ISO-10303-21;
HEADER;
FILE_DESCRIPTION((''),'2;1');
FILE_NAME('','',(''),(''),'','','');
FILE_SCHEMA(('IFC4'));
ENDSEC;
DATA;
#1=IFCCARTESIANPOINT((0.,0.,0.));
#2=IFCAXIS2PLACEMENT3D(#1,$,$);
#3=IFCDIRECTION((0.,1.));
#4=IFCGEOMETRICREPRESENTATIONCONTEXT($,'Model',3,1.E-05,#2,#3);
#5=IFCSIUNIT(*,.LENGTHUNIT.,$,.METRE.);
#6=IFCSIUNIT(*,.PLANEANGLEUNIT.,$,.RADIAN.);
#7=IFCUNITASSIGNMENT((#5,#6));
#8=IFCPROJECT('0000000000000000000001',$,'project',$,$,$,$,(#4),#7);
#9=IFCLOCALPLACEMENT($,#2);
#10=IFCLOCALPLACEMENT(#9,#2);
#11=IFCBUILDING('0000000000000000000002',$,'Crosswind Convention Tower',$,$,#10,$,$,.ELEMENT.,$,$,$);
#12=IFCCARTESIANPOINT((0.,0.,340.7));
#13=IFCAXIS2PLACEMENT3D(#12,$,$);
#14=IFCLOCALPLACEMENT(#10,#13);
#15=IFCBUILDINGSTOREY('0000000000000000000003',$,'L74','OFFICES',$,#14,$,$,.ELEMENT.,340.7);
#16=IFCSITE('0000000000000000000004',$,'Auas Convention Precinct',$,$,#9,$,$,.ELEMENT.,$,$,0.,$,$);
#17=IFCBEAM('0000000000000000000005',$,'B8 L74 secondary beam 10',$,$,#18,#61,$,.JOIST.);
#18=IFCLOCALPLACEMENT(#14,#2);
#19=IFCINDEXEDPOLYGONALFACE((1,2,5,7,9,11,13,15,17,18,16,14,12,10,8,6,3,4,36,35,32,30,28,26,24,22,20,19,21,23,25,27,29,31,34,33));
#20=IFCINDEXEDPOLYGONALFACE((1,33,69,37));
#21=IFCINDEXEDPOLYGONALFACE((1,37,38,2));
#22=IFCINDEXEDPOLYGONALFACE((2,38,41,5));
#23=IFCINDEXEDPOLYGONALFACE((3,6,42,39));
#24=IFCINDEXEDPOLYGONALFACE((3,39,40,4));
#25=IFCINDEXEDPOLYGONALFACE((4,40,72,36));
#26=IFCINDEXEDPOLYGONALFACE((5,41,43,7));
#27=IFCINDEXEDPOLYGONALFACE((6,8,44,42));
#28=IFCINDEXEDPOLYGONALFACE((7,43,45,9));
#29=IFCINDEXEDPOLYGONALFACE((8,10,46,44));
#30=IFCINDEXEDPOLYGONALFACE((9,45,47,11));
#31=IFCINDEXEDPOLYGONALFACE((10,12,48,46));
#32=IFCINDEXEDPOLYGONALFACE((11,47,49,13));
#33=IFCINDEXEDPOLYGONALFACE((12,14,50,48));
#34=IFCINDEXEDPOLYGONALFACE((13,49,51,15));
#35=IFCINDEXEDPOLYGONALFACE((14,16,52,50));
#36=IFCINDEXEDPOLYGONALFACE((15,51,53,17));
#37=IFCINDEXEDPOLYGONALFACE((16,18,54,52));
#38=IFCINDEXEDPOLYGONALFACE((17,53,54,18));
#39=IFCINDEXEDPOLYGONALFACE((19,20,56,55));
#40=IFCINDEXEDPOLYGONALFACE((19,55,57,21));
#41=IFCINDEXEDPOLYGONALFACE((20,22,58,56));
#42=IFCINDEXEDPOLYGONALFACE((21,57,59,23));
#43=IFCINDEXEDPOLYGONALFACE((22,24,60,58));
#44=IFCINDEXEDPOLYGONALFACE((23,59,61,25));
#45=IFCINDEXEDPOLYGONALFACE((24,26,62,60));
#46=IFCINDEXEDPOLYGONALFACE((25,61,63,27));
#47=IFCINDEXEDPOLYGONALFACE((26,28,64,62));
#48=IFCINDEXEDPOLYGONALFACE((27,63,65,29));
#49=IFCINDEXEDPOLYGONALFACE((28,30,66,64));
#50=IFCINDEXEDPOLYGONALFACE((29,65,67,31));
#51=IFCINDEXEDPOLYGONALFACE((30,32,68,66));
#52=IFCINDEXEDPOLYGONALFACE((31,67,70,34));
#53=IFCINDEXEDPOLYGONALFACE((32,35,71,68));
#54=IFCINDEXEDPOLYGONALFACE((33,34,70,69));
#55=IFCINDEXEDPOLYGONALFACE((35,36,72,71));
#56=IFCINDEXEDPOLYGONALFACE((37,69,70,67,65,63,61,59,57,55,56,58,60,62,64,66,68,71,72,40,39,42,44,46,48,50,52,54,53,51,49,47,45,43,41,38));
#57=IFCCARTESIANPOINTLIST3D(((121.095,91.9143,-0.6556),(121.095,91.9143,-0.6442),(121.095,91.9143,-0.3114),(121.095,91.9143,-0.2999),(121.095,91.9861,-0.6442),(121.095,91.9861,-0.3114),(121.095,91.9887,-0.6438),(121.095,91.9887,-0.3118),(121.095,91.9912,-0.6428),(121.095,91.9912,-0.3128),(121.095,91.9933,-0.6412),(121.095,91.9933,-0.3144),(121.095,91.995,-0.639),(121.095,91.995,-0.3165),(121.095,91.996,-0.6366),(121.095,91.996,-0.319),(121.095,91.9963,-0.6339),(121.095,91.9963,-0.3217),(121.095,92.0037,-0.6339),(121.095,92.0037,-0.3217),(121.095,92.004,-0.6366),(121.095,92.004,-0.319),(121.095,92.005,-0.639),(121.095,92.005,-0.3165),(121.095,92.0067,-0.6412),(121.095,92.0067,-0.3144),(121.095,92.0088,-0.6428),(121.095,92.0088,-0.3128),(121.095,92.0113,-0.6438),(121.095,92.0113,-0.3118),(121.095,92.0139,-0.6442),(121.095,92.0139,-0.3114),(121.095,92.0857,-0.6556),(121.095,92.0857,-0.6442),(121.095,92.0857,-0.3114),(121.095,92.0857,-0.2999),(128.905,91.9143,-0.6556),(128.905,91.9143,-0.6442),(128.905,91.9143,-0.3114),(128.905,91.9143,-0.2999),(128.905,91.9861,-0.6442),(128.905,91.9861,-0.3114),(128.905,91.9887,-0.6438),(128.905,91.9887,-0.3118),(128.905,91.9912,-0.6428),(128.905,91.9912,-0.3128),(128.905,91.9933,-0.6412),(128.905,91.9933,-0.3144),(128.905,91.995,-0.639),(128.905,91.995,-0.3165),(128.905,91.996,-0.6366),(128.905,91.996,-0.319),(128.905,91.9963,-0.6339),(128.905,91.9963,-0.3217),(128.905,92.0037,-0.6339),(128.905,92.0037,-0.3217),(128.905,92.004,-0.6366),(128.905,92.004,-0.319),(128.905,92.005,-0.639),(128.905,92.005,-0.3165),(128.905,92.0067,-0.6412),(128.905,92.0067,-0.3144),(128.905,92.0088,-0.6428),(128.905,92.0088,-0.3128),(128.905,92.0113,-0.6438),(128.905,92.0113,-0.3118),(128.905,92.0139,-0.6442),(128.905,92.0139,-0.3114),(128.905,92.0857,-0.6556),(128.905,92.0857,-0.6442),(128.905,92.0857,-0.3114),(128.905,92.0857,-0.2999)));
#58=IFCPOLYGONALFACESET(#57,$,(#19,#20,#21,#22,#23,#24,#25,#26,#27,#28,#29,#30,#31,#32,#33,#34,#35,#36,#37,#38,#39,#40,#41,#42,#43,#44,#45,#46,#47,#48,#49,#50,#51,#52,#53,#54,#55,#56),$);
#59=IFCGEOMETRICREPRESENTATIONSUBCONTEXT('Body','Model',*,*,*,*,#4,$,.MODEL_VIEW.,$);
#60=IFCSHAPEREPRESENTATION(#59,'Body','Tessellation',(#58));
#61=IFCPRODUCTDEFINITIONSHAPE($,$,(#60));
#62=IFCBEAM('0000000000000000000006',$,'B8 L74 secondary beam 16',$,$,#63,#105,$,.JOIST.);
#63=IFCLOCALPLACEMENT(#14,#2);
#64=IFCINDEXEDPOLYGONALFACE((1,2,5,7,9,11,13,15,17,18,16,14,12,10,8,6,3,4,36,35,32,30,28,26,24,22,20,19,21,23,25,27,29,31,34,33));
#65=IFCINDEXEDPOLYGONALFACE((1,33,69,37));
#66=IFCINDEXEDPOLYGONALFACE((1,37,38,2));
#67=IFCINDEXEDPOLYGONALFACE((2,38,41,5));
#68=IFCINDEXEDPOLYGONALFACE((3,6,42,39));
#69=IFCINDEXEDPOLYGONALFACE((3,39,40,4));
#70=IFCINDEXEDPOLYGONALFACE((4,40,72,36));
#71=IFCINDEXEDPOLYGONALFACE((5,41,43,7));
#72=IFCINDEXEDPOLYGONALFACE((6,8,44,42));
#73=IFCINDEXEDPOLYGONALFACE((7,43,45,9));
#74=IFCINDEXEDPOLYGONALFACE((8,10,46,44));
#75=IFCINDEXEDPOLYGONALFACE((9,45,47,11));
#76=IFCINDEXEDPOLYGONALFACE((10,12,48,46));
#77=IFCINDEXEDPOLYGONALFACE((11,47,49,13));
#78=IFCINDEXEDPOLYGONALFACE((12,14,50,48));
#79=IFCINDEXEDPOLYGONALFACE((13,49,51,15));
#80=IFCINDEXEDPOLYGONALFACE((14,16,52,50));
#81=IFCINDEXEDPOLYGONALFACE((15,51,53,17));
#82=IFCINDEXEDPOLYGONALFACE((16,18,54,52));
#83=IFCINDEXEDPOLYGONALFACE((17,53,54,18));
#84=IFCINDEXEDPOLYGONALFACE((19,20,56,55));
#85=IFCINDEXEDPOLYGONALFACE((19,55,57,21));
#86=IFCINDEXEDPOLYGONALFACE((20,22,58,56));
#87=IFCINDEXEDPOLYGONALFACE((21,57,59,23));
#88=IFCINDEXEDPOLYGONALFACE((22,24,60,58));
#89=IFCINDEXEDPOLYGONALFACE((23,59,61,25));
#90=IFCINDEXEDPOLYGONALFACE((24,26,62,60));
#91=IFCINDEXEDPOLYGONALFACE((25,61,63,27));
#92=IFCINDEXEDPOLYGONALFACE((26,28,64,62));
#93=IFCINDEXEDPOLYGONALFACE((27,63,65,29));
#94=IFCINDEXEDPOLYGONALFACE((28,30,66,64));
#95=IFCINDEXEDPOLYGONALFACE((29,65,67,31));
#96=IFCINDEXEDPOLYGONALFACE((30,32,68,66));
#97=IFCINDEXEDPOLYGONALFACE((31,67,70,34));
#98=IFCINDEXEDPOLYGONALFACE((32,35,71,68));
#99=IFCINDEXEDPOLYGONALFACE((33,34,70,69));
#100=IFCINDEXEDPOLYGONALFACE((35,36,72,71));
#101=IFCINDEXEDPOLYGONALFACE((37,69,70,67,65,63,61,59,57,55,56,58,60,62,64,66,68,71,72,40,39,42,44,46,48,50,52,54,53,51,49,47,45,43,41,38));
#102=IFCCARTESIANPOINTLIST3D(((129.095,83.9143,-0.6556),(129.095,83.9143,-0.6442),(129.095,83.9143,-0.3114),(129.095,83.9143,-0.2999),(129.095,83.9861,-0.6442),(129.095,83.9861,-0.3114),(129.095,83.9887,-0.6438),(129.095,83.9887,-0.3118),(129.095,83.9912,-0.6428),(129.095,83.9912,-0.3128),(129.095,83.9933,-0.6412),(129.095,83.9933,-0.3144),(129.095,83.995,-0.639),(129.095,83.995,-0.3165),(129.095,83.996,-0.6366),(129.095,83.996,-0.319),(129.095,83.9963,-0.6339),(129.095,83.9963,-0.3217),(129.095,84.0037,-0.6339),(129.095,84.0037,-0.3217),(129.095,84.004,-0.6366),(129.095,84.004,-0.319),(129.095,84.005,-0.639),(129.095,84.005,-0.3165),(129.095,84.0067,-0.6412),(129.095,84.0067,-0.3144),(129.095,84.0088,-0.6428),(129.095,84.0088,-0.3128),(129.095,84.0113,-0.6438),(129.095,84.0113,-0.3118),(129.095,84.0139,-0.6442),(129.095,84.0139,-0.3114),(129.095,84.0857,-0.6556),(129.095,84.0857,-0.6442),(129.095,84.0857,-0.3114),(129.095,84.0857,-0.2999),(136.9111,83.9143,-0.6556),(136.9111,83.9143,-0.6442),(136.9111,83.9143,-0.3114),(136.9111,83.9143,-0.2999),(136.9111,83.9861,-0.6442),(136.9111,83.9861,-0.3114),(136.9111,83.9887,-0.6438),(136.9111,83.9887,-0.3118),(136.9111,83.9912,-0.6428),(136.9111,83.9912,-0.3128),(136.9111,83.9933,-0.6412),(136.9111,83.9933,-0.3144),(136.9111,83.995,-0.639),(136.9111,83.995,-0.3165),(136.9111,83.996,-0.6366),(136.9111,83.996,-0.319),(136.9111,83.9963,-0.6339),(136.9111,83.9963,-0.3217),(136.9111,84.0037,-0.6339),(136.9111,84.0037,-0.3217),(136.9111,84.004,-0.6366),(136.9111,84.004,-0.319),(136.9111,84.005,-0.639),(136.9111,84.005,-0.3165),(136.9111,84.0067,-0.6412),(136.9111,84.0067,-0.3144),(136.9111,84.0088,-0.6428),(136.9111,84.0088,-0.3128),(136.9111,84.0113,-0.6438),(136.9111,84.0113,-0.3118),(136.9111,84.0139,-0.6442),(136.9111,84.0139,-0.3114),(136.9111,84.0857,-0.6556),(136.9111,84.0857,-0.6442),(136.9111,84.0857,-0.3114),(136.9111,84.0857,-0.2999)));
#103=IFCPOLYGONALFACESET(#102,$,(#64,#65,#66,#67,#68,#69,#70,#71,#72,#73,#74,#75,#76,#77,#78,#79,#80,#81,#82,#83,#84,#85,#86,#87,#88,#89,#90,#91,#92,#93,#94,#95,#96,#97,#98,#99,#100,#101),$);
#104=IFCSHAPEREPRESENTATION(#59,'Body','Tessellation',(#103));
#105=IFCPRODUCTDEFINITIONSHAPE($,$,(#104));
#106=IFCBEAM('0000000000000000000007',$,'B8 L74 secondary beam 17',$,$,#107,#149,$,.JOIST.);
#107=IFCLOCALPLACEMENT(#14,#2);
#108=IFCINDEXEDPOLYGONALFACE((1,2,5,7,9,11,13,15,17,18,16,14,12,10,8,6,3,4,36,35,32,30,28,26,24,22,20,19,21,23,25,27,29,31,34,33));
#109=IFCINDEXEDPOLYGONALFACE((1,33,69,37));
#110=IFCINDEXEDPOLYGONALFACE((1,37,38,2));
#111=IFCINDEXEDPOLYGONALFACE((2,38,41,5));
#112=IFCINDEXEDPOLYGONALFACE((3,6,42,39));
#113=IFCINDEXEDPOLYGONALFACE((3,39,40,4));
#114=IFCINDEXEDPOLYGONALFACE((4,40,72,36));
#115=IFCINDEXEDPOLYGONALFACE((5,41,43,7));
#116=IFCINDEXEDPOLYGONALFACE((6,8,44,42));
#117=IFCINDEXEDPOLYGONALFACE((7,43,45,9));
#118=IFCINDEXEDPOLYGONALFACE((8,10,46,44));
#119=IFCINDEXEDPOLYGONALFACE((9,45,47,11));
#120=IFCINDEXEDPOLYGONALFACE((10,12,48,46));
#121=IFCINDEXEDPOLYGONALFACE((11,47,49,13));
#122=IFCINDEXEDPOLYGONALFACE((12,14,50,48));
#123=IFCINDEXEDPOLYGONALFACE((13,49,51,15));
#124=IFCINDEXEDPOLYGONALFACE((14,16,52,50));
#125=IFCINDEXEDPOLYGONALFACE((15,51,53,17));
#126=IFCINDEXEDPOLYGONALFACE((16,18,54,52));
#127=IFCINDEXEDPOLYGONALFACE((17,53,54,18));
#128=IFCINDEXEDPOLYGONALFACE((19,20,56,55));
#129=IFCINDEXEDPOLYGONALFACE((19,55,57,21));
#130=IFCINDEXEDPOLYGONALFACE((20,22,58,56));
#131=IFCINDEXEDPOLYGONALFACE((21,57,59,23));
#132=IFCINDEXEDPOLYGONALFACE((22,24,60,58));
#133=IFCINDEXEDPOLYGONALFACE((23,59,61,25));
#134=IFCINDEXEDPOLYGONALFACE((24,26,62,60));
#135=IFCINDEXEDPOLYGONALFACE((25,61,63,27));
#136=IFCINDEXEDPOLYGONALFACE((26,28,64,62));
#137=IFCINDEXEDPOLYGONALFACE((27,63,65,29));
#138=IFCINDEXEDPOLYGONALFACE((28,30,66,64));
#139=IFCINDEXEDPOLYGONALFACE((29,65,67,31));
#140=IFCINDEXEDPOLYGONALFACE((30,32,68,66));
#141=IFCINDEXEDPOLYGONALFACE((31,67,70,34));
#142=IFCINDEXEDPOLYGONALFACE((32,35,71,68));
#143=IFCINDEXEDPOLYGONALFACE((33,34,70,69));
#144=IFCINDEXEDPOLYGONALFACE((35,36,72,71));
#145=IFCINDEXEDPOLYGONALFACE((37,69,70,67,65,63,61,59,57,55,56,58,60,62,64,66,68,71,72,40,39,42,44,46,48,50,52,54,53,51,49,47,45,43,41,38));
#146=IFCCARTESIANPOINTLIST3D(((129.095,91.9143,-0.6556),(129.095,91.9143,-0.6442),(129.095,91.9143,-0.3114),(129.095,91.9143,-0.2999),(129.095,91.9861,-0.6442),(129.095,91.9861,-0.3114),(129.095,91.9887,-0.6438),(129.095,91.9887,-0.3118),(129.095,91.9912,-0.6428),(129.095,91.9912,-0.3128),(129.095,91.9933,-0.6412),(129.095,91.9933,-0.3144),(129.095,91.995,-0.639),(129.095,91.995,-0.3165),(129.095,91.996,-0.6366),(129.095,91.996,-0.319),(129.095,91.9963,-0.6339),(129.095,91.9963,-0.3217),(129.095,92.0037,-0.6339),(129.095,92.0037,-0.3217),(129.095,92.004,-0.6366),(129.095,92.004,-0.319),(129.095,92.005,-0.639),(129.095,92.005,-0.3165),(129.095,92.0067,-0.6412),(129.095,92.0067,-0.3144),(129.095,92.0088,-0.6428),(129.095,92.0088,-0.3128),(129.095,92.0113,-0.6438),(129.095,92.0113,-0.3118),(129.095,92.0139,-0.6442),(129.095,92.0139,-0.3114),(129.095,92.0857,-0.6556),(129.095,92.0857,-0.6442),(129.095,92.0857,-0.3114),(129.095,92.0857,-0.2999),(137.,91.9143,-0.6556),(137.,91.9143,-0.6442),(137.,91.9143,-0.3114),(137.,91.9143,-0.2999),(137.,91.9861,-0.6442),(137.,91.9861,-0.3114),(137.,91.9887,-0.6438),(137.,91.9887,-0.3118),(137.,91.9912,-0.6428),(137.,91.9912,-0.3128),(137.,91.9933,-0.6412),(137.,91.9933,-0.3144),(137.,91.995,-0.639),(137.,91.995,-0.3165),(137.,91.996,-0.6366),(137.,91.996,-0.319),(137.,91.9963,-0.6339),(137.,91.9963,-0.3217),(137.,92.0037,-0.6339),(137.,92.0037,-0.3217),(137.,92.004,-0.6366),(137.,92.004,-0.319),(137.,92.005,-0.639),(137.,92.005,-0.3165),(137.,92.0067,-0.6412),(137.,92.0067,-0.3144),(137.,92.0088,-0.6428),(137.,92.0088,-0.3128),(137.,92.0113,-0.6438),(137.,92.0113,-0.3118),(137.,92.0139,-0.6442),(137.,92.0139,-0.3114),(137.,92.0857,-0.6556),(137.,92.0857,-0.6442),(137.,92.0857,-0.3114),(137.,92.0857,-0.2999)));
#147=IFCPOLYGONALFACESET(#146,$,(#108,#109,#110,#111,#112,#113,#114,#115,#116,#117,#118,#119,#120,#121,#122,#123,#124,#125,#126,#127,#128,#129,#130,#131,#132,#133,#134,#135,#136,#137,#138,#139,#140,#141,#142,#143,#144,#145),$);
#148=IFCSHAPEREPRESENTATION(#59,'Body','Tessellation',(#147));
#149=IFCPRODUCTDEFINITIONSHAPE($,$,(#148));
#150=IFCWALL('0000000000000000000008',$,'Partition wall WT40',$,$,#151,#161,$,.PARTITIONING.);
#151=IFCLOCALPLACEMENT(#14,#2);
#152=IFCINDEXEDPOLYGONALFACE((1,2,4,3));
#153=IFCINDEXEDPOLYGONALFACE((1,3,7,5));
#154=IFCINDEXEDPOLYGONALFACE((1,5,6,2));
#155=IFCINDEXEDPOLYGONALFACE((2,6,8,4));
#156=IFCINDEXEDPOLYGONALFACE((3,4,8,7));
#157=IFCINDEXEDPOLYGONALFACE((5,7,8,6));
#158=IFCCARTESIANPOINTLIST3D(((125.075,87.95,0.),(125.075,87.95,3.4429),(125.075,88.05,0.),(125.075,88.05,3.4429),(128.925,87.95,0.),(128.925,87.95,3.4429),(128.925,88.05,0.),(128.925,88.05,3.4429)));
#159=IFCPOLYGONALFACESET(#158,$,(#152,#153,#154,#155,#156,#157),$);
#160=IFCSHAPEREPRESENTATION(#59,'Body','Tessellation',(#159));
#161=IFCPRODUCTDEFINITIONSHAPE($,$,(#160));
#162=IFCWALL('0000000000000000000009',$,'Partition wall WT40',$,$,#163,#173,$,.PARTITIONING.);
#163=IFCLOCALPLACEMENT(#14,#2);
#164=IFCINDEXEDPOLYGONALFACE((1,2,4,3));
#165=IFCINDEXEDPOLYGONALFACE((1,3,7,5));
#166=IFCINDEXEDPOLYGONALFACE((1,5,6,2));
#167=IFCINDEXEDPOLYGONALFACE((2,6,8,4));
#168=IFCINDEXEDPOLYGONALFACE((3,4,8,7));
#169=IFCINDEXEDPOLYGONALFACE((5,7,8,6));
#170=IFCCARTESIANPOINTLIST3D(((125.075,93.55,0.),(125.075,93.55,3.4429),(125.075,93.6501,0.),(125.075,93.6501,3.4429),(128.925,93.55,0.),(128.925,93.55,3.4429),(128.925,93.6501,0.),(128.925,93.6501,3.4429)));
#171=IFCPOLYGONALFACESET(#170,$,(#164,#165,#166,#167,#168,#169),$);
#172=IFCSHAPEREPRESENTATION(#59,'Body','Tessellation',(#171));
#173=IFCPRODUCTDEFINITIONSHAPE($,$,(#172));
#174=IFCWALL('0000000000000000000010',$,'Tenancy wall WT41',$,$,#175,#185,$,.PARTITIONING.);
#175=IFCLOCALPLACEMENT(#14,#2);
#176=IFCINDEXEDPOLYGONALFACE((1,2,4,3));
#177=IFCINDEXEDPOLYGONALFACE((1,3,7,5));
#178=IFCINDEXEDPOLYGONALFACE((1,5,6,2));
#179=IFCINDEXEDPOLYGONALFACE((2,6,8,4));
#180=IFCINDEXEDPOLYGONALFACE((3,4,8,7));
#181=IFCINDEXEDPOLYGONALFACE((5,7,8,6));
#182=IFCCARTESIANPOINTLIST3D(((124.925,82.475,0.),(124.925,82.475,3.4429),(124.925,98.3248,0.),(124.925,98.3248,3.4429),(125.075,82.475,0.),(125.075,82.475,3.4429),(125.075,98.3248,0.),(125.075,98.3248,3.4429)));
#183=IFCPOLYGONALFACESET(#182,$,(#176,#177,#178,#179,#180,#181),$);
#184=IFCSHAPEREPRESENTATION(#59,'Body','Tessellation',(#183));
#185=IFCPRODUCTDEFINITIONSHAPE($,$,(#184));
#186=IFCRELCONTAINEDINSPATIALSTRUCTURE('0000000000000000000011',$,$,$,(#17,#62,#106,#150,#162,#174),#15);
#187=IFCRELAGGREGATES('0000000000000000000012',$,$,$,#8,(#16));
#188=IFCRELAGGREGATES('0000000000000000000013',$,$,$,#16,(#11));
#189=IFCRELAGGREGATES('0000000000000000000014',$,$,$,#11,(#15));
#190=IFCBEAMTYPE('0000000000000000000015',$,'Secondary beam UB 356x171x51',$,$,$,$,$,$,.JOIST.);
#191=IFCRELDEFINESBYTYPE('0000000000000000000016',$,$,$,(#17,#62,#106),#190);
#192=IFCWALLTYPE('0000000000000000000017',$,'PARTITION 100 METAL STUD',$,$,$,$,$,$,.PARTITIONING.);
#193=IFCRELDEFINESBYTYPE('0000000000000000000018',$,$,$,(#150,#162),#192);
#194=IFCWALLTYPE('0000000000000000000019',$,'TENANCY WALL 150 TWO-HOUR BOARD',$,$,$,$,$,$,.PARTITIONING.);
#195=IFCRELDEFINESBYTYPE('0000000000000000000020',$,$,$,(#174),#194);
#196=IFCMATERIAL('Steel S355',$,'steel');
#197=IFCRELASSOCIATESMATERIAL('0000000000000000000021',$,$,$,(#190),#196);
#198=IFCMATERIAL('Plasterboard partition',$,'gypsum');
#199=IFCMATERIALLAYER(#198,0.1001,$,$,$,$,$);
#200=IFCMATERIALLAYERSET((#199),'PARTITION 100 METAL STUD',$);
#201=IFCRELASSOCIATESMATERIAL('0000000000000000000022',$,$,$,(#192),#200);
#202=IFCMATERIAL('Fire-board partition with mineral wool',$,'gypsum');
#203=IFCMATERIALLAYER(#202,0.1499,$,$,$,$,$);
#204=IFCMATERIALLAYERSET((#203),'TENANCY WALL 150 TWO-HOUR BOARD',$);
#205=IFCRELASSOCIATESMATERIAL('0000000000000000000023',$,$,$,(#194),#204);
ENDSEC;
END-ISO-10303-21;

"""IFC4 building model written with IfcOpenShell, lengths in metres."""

from ifc_helpers import new_model, si_unit, direction, frame, frame_2d, origin, origin_2d, place, context, subcontext, project, spatial, rectangle, i_section, extrude, material, layer, layer_set, material_profile, profile_set, type_object, element, save


model = new_model("IFC4")

# Units and contexts
model_context = context("Model", 3, precision=1e-05, world=origin(), true_north=direction((0.0, 1.0)))
body_context = subcontext(model_context, "Body", "Model", "MODEL_VIEW")
ifc_project = project(units=[si_unit("LENGTHUNIT", "METRE"), si_unit("PLANEANGLEUNIT", "RADIAN")], contexts=[model_context])

# Site, building, storey
site_placement = place(None, origin())
site = spatial("IfcSite", under=ifc_project, at=site_placement, Name="Auas Convention Precinct", CompositionType="ELEMENT", RefElevation=0.0)
building_placement = place(site_placement, origin())
building = spatial("IfcBuilding", under=site, at=building_placement, Name="Crosswind Convention Tower", CompositionType="ELEMENT")
storey_placement = place(building_placement, frame((0.0, 0.0, 340.7)))
storey = spatial("IfcBuildingStorey", under=building, at=storey_placement, Name="L74", Description="OFFICES", CompositionType="ELEMENT", Elevation=340.7)

# Beams
ifc_material_1 = material(Name="Steel S355", Category="steel")
ifc_material_profile_1 = material_profile(ifc_material_1, i_section(OverallWidth=0.1714, OverallDepth=0.3557, WebThickness=0.0073, FlangeThickness=0.0115, FilletRadius=0.0103, at=origin_2d()), Name="UB 356x171x51")
ifc_profile_set_1 = profile_set([ifc_material_profile_1], Name="Steel S355")
beam_type_1 = type_object("IfcBeamType", Name="Secondary beam UB 356x171x51", PredefinedType="JOIST", material=ifc_profile_set_1)
for number, where, z_axis, x_axis, name in (
    (1, (121.095, 92.0, -0.4778), (1.0, 0.0, 0.0), (0.0, 1.0, 0.0), "B8 L74 secondary beam 10"),
):
    element("IfcBeam", number, at=place(storey_placement, frame(where, z_axis=z_axis, x_axis=x_axis)), inside=storey, type_object=beam_type_1, Name=name, PredefinedType="JOIST", context=body_context, shape_type="SweptSolid", body=[
        extrude(i_section(OverallWidth=0.1714, OverallDepth=0.3557, WebThickness=0.0073, FlangeThickness=0.0115, FilletRadius=0.0103, at=origin_2d()), origin(), (0.0, 0.0, 1.0), 7.8101),
    ])
beam_1_placement = place(storey_placement, frame((129.095, 84.0, -0.4778), z_axis=(1.0, 0.0, 0.0), x_axis=(0.0, 1.0, 0.0)))
element("IfcBeam", 2, at=beam_1_placement, inside=storey, type_object=beam_type_1, Name="B8 L74 secondary beam 16", PredefinedType="JOIST", context=body_context, shape_type="SweptSolid", body=[
    extrude(i_section(OverallWidth=0.1714, OverallDepth=0.3557, WebThickness=0.0073, FlangeThickness=0.0115, FilletRadius=0.0103, at=origin_2d()), origin(), (0.0, 0.0, 1.0), 7.8162),
])
beam_2_placement = place(storey_placement, frame((129.095, 92.0, -0.4778), z_axis=(1.0, 0.0, 0.0), x_axis=(0.0, 1.0, 0.0)))
element("IfcBeam", 3, at=beam_2_placement, inside=storey, type_object=beam_type_1, Name="B8 L74 secondary beam 17", PredefinedType="JOIST", context=body_context, shape_type="SweptSolid", body=[
    extrude(i_section(OverallWidth=0.1714, OverallDepth=0.3557, WebThickness=0.0073, FlangeThickness=0.0115, FilletRadius=0.0103, at=origin_2d()), origin(), (0.0, 0.0, 1.0), 7.905),
])

# Walls
ifc_material_2 = material(Name="Plasterboard partition", Category="gypsum")
ifc_layer_1 = layer(ifc_material_2, 0.1001)
ifc_layer_set_1 = layer_set([ifc_layer_1], Name="PARTITION 100 METAL STUD")
wall_type_1 = type_object("IfcWallType", Name="PARTITION 100 METAL STUD", PredefinedType="PARTITIONING", material=ifc_layer_set_1)
for number, where, z_axis, x_axis, name in (
    (4, (125.075, 88.0, 0.0), (0.0, 0.0, 1.0), (1.0, 0.0, 0.0), "Partition wall WT40"),
    (5, (125.075, 93.6001, 0.0), (0.0, 0.0, 1.0), (1.0, 0.0, 0.0), "Partition wall WT40"),
):
    element("IfcWall", number, at=place(storey_placement, frame(where, z_axis=z_axis, x_axis=x_axis)), inside=storey, type_object=wall_type_1, Name=name, PredefinedType="PARTITIONING", context=body_context, shape_type="SweptSolid", body=[
        extrude(rectangle(XDim=3.8501, YDim=0.1001, at=frame_2d((1.925, 0.0))), origin(), (0.0, 0.0, 1.0), 3.4429),
    ])
ifc_material_3 = material(Name="Fire-board partition with mineral wool", Category="gypsum")
ifc_layer_2 = layer(ifc_material_3, 0.1499)
ifc_layer_set_2 = layer_set([ifc_layer_2], Name="TENANCY WALL 150 TWO-HOUR BOARD")
wall_type_2 = type_object("IfcWallType", Name="TENANCY WALL 150 TWO-HOUR BOARD", PredefinedType="PARTITIONING", material=ifc_layer_set_2)
wall_1_placement = place(storey_placement, frame((125.0, 82.4751, 0.0), z_axis=(0.0, 0.0, 1.0), x_axis=(0.0, 1.0, 0.0)))
element("IfcWall", 6, at=wall_1_placement, inside=storey, type_object=wall_type_2, Name="Tenancy wall WT41", PredefinedType="PARTITIONING", context=body_context, shape_type="SweptSolid", body=[
    extrude(rectangle(XDim=15.8499, YDim=0.1499, at=frame_2d((7.9248, 0.0))), origin(), (0.0, 0.0, 1.0), 3.4429),
])

save(model, "model.ifc")
